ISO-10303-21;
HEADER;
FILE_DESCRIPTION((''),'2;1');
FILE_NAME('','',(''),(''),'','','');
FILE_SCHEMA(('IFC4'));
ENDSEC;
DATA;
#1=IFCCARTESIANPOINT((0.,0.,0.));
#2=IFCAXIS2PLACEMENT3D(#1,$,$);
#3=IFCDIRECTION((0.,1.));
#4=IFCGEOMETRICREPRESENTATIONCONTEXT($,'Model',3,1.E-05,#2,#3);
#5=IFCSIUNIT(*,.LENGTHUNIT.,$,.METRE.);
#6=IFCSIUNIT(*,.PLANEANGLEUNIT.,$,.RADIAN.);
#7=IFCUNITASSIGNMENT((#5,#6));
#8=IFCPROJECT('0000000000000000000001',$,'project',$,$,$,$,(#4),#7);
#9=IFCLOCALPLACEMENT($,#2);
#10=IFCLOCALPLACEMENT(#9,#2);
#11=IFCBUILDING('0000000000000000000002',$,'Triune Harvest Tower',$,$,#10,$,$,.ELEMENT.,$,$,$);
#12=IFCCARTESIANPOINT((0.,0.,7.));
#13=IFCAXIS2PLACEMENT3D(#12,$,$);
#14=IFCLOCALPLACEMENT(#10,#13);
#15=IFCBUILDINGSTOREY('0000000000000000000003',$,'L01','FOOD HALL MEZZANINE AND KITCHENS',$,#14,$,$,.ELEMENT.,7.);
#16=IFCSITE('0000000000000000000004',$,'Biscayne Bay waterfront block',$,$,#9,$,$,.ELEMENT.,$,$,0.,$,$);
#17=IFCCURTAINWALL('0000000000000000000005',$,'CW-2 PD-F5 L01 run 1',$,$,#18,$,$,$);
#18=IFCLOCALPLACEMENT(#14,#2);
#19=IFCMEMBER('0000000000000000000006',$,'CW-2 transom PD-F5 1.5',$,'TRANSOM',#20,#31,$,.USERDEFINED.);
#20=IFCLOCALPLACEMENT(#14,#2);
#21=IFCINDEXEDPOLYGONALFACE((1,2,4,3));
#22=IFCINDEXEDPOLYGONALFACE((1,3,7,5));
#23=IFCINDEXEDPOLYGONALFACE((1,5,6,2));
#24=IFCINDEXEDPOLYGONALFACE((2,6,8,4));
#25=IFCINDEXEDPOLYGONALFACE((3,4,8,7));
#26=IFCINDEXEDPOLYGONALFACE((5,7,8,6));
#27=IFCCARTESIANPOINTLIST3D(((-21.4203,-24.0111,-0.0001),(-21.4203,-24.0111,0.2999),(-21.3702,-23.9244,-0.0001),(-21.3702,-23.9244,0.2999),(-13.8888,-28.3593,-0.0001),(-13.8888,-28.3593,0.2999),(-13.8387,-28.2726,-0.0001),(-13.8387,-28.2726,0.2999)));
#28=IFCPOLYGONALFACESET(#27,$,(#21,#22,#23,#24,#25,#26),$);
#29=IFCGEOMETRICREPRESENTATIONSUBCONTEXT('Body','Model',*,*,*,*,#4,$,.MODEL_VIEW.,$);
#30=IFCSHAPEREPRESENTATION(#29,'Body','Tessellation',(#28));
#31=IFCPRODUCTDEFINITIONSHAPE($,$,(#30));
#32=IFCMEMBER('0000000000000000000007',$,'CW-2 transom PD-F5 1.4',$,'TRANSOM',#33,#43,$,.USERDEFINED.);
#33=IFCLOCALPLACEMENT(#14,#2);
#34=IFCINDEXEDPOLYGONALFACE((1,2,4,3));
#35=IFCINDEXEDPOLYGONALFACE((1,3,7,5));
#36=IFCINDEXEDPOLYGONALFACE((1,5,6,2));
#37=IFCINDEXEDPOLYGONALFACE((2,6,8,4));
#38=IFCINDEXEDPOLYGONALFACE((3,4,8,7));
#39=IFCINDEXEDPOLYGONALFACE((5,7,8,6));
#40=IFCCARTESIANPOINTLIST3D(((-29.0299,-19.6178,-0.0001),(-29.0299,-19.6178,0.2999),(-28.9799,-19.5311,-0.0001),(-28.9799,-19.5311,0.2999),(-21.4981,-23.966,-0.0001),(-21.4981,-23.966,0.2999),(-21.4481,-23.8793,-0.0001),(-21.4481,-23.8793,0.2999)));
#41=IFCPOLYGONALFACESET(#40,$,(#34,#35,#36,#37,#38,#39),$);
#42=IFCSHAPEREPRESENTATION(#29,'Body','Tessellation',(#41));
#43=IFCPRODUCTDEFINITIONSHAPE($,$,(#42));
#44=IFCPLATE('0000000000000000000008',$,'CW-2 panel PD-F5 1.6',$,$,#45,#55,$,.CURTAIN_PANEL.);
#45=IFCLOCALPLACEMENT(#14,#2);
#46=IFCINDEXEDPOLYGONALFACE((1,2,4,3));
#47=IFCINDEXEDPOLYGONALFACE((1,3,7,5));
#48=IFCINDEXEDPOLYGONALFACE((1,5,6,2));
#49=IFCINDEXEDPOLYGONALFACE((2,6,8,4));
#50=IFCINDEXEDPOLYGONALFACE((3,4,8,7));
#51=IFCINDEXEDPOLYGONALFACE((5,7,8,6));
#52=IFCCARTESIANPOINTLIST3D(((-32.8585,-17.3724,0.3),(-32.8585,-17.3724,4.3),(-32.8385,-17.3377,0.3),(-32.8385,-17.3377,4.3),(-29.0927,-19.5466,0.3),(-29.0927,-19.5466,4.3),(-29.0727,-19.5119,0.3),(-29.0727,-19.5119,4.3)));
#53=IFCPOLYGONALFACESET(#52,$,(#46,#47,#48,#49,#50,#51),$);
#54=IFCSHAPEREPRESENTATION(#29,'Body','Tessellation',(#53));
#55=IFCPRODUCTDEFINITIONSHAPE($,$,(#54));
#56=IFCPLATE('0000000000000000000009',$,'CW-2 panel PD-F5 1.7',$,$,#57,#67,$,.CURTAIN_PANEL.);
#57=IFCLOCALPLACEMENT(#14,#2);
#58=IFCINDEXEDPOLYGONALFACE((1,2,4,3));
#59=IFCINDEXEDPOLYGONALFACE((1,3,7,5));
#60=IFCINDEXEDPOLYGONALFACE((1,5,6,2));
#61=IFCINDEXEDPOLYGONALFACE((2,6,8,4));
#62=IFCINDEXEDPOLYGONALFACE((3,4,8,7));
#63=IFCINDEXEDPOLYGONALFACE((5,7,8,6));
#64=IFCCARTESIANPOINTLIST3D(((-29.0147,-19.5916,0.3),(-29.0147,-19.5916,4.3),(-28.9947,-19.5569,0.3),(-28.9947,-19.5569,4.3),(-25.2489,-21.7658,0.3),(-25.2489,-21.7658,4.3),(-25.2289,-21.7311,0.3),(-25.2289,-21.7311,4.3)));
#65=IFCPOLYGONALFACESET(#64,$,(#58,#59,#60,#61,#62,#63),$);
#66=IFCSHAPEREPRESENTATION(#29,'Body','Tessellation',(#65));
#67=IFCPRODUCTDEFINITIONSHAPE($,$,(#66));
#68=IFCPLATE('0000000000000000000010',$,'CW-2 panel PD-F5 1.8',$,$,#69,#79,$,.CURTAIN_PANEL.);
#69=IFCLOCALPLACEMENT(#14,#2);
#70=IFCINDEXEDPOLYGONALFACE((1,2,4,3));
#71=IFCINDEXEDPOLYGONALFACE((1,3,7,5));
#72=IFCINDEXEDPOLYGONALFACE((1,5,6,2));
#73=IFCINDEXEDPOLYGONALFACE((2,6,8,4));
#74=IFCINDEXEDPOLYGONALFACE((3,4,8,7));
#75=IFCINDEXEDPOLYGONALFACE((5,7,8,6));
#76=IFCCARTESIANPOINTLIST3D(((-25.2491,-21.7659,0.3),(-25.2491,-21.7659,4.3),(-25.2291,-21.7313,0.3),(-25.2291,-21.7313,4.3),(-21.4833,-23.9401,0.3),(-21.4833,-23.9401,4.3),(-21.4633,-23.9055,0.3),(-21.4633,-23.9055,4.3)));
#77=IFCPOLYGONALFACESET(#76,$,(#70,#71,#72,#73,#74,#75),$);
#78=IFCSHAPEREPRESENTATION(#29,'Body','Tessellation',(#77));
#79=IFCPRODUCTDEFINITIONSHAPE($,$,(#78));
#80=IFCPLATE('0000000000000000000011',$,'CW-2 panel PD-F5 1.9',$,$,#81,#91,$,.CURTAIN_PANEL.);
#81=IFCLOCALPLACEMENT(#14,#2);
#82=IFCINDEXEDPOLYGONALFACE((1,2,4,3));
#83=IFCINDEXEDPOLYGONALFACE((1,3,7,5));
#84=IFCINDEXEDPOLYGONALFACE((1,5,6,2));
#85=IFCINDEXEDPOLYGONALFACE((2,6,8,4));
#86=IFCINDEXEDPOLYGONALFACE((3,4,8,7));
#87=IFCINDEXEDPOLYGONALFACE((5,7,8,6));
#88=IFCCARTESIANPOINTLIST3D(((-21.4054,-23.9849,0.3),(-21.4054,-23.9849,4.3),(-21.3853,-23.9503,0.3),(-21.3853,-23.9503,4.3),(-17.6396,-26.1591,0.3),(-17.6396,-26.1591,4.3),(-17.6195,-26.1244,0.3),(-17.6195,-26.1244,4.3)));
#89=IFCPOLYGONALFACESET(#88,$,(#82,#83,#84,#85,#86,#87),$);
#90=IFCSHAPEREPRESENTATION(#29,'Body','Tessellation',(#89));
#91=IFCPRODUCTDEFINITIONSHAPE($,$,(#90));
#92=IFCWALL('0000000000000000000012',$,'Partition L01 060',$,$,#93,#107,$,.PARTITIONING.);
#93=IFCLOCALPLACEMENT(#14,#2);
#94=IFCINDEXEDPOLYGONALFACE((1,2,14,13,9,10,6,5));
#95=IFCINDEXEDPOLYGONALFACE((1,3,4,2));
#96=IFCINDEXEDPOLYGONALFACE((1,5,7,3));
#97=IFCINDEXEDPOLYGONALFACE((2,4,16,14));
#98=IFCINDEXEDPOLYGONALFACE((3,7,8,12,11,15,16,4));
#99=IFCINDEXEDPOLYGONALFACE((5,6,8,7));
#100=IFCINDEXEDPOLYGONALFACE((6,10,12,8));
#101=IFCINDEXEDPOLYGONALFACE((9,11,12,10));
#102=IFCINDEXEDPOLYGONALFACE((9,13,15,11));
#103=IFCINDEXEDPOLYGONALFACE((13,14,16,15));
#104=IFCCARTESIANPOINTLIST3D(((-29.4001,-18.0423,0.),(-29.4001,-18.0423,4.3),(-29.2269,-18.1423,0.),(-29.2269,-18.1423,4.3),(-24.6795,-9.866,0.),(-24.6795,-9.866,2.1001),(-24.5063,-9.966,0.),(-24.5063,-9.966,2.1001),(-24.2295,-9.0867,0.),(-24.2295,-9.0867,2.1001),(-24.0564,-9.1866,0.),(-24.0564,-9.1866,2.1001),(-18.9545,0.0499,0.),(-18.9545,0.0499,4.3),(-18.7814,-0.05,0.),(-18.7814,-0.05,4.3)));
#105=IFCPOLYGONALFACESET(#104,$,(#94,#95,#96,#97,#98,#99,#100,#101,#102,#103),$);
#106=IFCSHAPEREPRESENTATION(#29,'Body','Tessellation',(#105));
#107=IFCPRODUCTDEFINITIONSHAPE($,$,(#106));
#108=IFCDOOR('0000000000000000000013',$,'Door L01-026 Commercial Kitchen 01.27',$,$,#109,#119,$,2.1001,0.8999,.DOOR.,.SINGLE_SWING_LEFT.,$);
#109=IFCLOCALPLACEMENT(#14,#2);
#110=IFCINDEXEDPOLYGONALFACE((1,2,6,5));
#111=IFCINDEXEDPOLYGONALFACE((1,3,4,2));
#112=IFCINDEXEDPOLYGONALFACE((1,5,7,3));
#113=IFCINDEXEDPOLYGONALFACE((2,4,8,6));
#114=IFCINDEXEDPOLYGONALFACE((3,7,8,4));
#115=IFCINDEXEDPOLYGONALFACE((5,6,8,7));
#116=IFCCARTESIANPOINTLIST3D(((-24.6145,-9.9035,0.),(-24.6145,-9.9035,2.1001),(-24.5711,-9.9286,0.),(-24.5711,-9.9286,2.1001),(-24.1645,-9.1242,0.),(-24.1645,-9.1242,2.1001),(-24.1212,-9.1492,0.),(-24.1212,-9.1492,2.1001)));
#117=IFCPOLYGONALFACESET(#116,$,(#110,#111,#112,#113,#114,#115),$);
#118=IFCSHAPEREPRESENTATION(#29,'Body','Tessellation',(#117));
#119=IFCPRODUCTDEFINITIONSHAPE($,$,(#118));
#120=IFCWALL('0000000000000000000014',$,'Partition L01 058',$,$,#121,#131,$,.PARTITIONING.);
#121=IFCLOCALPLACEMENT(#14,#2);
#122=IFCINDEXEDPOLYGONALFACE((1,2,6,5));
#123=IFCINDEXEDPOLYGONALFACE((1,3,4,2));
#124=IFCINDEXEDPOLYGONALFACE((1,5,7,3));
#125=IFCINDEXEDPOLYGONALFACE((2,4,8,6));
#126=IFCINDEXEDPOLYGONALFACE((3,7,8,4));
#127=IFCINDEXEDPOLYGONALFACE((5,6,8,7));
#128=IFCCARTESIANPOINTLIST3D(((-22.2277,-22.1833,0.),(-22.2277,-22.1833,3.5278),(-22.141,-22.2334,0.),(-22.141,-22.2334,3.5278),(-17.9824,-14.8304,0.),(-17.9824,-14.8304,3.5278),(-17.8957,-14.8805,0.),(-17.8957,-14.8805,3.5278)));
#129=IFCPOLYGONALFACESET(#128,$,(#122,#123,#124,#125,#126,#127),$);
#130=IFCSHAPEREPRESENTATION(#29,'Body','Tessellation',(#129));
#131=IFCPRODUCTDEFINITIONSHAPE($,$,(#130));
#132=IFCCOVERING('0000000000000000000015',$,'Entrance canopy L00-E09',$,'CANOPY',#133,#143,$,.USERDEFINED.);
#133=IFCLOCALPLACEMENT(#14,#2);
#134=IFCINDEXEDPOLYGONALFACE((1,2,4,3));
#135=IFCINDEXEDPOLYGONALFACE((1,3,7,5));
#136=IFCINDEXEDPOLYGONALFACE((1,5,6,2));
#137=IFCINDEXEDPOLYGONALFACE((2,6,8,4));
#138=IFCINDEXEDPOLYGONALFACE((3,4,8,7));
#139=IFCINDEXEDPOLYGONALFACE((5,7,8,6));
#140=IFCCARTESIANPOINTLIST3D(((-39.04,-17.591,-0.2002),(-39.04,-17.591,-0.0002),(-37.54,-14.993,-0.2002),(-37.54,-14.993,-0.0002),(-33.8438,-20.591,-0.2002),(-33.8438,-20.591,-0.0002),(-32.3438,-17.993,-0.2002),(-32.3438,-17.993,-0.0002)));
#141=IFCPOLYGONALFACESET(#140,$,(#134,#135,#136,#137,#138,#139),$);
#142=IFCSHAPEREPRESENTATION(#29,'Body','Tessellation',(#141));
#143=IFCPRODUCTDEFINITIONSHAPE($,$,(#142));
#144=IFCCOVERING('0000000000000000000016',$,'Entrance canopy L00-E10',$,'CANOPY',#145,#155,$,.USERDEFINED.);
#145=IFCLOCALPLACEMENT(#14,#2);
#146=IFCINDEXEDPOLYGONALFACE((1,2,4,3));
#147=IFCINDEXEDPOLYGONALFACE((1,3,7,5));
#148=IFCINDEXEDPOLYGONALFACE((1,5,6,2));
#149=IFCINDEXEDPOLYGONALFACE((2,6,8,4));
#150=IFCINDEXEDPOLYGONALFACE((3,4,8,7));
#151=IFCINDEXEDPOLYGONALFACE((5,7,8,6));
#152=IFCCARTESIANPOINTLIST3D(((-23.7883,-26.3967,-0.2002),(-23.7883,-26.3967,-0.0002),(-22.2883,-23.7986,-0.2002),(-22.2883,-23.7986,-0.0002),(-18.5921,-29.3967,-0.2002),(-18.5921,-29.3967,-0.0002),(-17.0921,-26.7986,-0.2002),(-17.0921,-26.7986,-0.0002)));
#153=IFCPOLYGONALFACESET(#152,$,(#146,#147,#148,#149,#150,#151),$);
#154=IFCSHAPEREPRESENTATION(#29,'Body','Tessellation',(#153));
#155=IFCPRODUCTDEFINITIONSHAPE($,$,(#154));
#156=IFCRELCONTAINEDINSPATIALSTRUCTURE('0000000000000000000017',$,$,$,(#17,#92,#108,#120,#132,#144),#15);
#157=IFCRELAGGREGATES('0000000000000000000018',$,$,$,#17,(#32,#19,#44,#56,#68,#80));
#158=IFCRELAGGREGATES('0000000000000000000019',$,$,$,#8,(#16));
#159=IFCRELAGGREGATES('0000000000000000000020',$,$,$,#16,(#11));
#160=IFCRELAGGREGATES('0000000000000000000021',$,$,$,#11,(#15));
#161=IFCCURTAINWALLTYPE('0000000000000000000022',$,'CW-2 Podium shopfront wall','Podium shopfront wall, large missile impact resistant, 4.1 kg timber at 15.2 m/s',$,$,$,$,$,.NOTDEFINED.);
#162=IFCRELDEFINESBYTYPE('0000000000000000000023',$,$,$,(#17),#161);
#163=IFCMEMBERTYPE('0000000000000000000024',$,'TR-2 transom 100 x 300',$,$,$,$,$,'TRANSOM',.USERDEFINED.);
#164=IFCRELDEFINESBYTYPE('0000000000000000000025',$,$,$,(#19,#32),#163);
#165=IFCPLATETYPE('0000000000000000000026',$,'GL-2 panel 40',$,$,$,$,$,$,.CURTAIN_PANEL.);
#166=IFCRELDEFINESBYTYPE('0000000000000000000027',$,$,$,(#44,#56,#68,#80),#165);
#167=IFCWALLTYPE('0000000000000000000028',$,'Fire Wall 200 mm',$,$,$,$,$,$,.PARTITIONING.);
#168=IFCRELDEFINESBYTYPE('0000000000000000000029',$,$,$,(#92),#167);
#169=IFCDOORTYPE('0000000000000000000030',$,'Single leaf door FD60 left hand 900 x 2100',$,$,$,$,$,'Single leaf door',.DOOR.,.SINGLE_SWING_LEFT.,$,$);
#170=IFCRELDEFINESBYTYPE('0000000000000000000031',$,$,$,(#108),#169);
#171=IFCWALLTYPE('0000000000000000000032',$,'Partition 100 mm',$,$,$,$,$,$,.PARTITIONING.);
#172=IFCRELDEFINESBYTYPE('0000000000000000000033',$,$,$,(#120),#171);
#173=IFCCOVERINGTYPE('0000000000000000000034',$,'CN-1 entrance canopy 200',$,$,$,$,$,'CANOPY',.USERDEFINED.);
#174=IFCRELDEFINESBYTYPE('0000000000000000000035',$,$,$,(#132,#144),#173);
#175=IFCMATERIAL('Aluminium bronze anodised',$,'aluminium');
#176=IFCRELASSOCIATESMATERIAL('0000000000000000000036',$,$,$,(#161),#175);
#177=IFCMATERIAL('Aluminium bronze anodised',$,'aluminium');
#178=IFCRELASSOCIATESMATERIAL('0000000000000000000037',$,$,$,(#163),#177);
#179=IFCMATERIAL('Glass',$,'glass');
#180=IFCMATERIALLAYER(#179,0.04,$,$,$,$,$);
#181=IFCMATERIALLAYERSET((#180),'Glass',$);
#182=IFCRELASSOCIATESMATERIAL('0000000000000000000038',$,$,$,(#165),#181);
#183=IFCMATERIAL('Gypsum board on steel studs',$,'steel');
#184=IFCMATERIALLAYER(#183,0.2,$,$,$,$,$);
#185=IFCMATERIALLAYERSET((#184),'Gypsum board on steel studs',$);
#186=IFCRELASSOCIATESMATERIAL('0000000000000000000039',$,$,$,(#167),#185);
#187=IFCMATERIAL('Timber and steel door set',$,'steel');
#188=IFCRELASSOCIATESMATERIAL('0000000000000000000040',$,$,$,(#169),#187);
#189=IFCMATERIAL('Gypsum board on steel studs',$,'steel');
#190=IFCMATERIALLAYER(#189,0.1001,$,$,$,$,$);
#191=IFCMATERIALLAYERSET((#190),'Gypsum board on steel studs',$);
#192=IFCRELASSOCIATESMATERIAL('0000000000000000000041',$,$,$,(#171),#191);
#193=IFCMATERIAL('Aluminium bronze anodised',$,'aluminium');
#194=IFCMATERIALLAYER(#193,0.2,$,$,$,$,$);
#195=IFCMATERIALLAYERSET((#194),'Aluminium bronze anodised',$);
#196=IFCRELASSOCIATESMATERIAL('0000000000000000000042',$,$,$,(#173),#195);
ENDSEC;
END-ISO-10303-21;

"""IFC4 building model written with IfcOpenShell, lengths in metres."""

from ifc_helpers import new_model, si_unit, direction, frame, frame_2d, origin, origin_2d, place, context, subcontext, project, spatial, rectangle, extrude, source, transform, mapped, material, layer, layer_set, material_profile, profile_set, type_object, element, fill, aggregate, save


model = new_model("IFC4")

# Units and contexts
model_context = context("Model", 3, precision=1e-05, world=origin(), true_north=direction((0.0, 1.0)))
body_context = subcontext(model_context, "Body", "Model", "MODEL_VIEW")
ifc_project = project(units=[si_unit("LENGTHUNIT", "METRE"), si_unit("PLANEANGLEUNIT", "RADIAN")], contexts=[model_context])

# Site, building, storey
site_placement = place(None, origin())
site = spatial("IfcSite", under=ifc_project, at=site_placement, Name="Biscayne Bay waterfront block", CompositionType="ELEMENT", RefElevation=0.0)
building_placement = place(site_placement, origin())
building = spatial("IfcBuilding", under=site, at=building_placement, Name="Triune Harvest Tower", CompositionType="ELEMENT")
storey_placement = place(building_placement, frame((0.0, 0.0, 7.0)))
storey = spatial("IfcBuildingStorey", under=building, at=storey_placement, Name="L01", Description="FOOD HALL MEZZANINE AND KITCHENS", CompositionType="ELEMENT", Elevation=7.0)

# Curtain wall, members, plates
ifc_material_1 = material(Name="Aluminium bronze anodised", Category="aluminium")
curtain_wall_type = type_object("IfcCurtainWallType", Name="CW-2 Podium shopfront wall", Description="Podium shopfront wall, large missile impact resistant, 4.1 kg timber at 15.2 m/s", PredefinedType="NOTDEFINED", material=ifc_material_1)
curtain_wall_placement = place(storey_placement, origin())
curtain_wall = element("IfcCurtainWall", 1, at=curtain_wall_placement, inside=storey, type_object=curtain_wall_type, Name="CW-2 PD-F5 L01 run 1")
ifc_material_2 = material(Name="Aluminium bronze anodised", Category="aluminium")
ifc_material_profile_1 = material_profile(ifc_material_2, rectangle(XDim=0.1001, YDim=0.3, at=origin_2d()), Name="TR-2 transom 100 x 300")
ifc_profile_set_1 = profile_set([ifc_material_profile_1], Name="Aluminium bronze anodised")
member_type_1 = type_object("IfcMemberType", Name="TR-2 transom 100 x 300", ElementType="TRANSOM", PredefinedType="USERDEFINED", material=ifc_profile_set_1)
shared_shape_1 = source(origin(), body_context, "Body", "SweptSolid", [
    extrude(rectangle(XDim=0.1001, YDim=0.3, at=origin_2d()), origin(), (0.0, 0.0, 1.0), 8.6965),
])
member_1_placement = place(storey_placement, frame((-21.3953, -23.9678, 0.1499), z_axis=(0.866034, -0.499986, 0.0), x_axis=(0.499986, 0.866034, 0.0)))
member_1 = element("IfcMember", 2, at=member_1_placement, type_object=member_type_1, Name="CW-2 transom PD-F5 1.5", ObjectType="TRANSOM", PredefinedType="USERDEFINED", context=body_context, shape_type="MappedRepresentation", body=[
    mapped(shared_shape_1, transform((0.0, 0.0, 0.0), scale=1.0)),
])
shared_shape_2 = source(origin(), body_context, "Body", "SweptSolid", [
    extrude(rectangle(XDim=0.1001, YDim=0.3, at=origin_2d()), origin(), (0.0, 0.0, 1.0), 8.6968),
])
member_2_placement = place(storey_placement, frame((-29.0049, -19.5745, 0.1499), z_axis=(0.866041, -0.499974, 0.0), x_axis=(0.499974, 0.866041, 0.0)))
member_2 = element("IfcMember", 3, at=member_2_placement, type_object=member_type_1, Name="CW-2 transom PD-F5 1.4", ObjectType="TRANSOM", PredefinedType="USERDEFINED", context=body_context, shape_type="MappedRepresentation", body=[
    mapped(shared_shape_2, transform((0.0, 0.0, 0.0), scale=1.0)),
])
ifc_material_3 = material(Name="Glass", Category="glass")
ifc_layer_1 = layer(ifc_material_3, 0.04)
ifc_layer_set_1 = layer_set([ifc_layer_1], Name="Glass")
plate_type = type_object("IfcPlateType", Name="GL-2 panel 40", PredefinedType="CURTAIN_PANEL", material=ifc_layer_set_1)
shared_shape_3 = source(origin(), body_context, "Body", "SweptSolid", [
    extrude(rectangle(XDim=4.3484, YDim=0.04, at=origin_2d()), origin(), (0.0, 0.0, 1.0), 4.0),
])
plate_1_placement = place(storey_placement, frame((-30.9656, -18.4421, 0.3), z_axis=(0.0, 0.0, 1.0), x_axis=(0.866025, -0.5, 0.0)))
plate_1 = element("IfcPlate", 4, at=plate_1_placement, type_object=plate_type, Name="CW-2 panel PD-F5 1.6", PredefinedType="CURTAIN_PANEL", context=body_context, shape_type="MappedRepresentation", body=[
    mapped(shared_shape_3, transform((0.0, 0.0, 0.0), scale=1.0)),
])
plate_2_placement = place(storey_placement, frame((-27.1218, -20.6614, 0.3), z_axis=(0.0, 0.0, 1.0), x_axis=(0.866025, -0.5, 0.0)))
plate_2 = element("IfcPlate", 5, at=plate_2_placement, type_object=plate_type, Name="CW-2 panel PD-F5 1.7", PredefinedType="CURTAIN_PANEL", context=body_context, shape_type="MappedRepresentation", body=[
    mapped(shared_shape_3, transform((0.0, 0.0, 0.0), scale=1.0)),
])
plate_3_placement = place(storey_placement, frame((-23.3562, -22.8357, 0.3), z_axis=(0.0, 0.0, 1.0), x_axis=(0.866025, -0.5, 0.0)))
plate_3 = element("IfcPlate", 6, at=plate_3_placement, type_object=plate_type, Name="CW-2 panel PD-F5 1.8", PredefinedType="CURTAIN_PANEL", context=body_context, shape_type="MappedRepresentation", body=[
    mapped(shared_shape_3, transform((0.0, 0.0, 0.0), scale=1.0)),
])
plate_4_placement = place(storey_placement, frame((-19.5125, -25.0547, 0.3), z_axis=(0.0, 0.0, 1.0), x_axis=(0.866025, -0.5, 0.0)))
plate_4 = element("IfcPlate", 7, at=plate_4_placement, type_object=plate_type, Name="CW-2 panel PD-F5 1.9", PredefinedType="CURTAIN_PANEL", context=body_context, shape_type="MappedRepresentation", body=[
    mapped(shared_shape_3, transform((0.0, 0.0, 0.0), scale=1.0)),
])
aggregate(curtain_wall, [member_2, member_1, plate_1, plate_2, plate_3, plate_4])

# Wall, opening, door
ifc_material_4 = material(Name="Gypsum board on steel studs", Category="steel")
ifc_layer_2 = layer(ifc_material_4, 0.2)
ifc_layer_set_2 = layer_set([ifc_layer_2], Name="Gypsum board on steel studs")
wall_type_1 = type_object("IfcWallType", Name="Fire Wall 200 mm", PredefinedType="PARTITIONING", material=ifc_layer_set_2)
wall_1_placement = place(storey_placement, frame((-29.3135, -18.0923, 0.0), z_axis=(0.0, 0.0, 1.0), x_axis=(0.499999, 0.866026, 0.0)))
wall_1 = element("IfcWall", 8, at=wall_1_placement, inside=storey, type_object=wall_type_1, Name="Partition L01 060", PredefinedType="PARTITIONING", context=body_context, shape_type="SweptSolid", body=[
    extrude(rectangle(XDim=20.8911, YDim=0.2, at=frame_2d((10.4456, 0.0))), origin(), (0.0, 0.0, 1.0), 4.3),
])
opening_placement = place(wall_1_placement, frame((9.4412, 0.0, 0.0)))
opening = element("IfcOpeningElement", 9, at=opening_placement, cuts=wall_1, PredefinedType="OPENING", context=body_context, shape_type="SweptSolid", body=[
    extrude(rectangle(XDim=0.8999, YDim=2.1001, at=frame_2d((0.45, 1.05))), frame((0.0, 0.1099, 0.0), z_axis=(0.0, -1.0, 0.0), x_axis=(1.0, 0.0, 0.0)), (0.0, 0.0, 1.0), 0.22),
])
ifc_material_5 = material(Name="Timber and steel door set", Category="steel")
door_type = type_object("IfcDoorType", Name="Single leaf door FD60 left hand 900 x 2100", ElementType="Single leaf door", OperationType="SINGLE_SWING_LEFT", PredefinedType="DOOR", material=ifc_material_5)
door_placement = place(opening_placement, origin())
door = element("IfcDoor", 10, at=door_placement, inside=storey, type_object=door_type, Name="Door L01-026 Commercial Kitchen 01.27", OperationType="SINGLE_SWING_LEFT", OverallHeight=2.1001, OverallWidth=0.8999, PredefinedType="DOOR", context=body_context, shape_type="SweptSolid", body=[
    extrude(rectangle(XDim=0.8999, YDim=2.1001, at=frame_2d((0.45, 1.05))), frame((0.0, 0.0249, 0.0), z_axis=(0.0, -1.0, 0.0), x_axis=(1.0, 0.0, 0.0)), (0.0, 0.0, 1.0), 0.05),
])
fill(opening, door)

# Wall
ifc_material_6 = material(Name="Gypsum board on steel studs", Category="steel")
ifc_layer_3 = layer(ifc_material_6, 0.1001)
ifc_layer_set_3 = layer_set([ifc_layer_3], Name="Gypsum board on steel studs")
wall_type_2 = type_object("IfcWallType", Name="Partition 100 mm", PredefinedType="PARTITIONING", material=ifc_layer_set_3)
shared_shape_4 = source(origin(), body_context, "Body", "SweptSolid", [
    extrude(rectangle(XDim=8.4905, YDim=0.1001, at=frame_2d((4.2451, 0.0))), origin(), (0.0, 0.0, 1.0), 3.5278),
])
wall_2_placement = place(storey_placement, frame((-22.1843, -22.2083, 0.0), z_axis=(0.0, 0.0, 1.0), x_axis=(0.500008, 0.866021, 0.0)))
element("IfcWall", 11, at=wall_2_placement, inside=storey, type_object=wall_type_2, Name="Partition L01 058", PredefinedType="PARTITIONING", context=body_context, shape_type="MappedRepresentation", body=[
    mapped(shared_shape_4, transform((0.0, 0.0, 0.0), scale=1.0)),
])

# Coverings
ifc_material_7 = material(Name="Aluminium bronze anodised", Category="aluminium")
ifc_layer_4 = layer(ifc_material_7, 0.2)
ifc_layer_set_4 = layer_set([ifc_layer_4], Name="Aluminium bronze anodised")
covering_type = type_object("IfcCoveringType", Name="CN-1 entrance canopy 200", ElementType="CANOPY", PredefinedType="USERDEFINED", material=ifc_layer_set_4)
shared_shape_5 = source(origin(), body_context, "Body", "SweptSolid", [
    extrude(rectangle(XDim=3.0, YDim=6.0, at=origin_2d()), origin(), (0.0, 0.0, 1.0), 0.2),
])
for number, where, z_axis, x_axis, name in (
    (12, (-35.6919, -17.792, -0.2002), (0.0, 0.0, 1.0), (-0.5, -0.866025, 0.0), "Entrance canopy L00-E09"),
    (13, (-20.4402, -26.5977, -0.2002), (0.0, 0.0, 1.0), (-0.5, -0.866025, 0.0), "Entrance canopy L00-E10"),
):
    element("IfcCovering", number, at=place(storey_placement, frame(where, z_axis=z_axis, x_axis=x_axis)), inside=storey, type_object=covering_type, Name=name, ObjectType="CANOPY", PredefinedType="USERDEFINED", context=body_context, shape_type="MappedRepresentation", body=[
        mapped(shared_shape_5, transform((0.0, 0.0, 0.0), scale=1.0)),
    ])

save(model, "model.ifc")
